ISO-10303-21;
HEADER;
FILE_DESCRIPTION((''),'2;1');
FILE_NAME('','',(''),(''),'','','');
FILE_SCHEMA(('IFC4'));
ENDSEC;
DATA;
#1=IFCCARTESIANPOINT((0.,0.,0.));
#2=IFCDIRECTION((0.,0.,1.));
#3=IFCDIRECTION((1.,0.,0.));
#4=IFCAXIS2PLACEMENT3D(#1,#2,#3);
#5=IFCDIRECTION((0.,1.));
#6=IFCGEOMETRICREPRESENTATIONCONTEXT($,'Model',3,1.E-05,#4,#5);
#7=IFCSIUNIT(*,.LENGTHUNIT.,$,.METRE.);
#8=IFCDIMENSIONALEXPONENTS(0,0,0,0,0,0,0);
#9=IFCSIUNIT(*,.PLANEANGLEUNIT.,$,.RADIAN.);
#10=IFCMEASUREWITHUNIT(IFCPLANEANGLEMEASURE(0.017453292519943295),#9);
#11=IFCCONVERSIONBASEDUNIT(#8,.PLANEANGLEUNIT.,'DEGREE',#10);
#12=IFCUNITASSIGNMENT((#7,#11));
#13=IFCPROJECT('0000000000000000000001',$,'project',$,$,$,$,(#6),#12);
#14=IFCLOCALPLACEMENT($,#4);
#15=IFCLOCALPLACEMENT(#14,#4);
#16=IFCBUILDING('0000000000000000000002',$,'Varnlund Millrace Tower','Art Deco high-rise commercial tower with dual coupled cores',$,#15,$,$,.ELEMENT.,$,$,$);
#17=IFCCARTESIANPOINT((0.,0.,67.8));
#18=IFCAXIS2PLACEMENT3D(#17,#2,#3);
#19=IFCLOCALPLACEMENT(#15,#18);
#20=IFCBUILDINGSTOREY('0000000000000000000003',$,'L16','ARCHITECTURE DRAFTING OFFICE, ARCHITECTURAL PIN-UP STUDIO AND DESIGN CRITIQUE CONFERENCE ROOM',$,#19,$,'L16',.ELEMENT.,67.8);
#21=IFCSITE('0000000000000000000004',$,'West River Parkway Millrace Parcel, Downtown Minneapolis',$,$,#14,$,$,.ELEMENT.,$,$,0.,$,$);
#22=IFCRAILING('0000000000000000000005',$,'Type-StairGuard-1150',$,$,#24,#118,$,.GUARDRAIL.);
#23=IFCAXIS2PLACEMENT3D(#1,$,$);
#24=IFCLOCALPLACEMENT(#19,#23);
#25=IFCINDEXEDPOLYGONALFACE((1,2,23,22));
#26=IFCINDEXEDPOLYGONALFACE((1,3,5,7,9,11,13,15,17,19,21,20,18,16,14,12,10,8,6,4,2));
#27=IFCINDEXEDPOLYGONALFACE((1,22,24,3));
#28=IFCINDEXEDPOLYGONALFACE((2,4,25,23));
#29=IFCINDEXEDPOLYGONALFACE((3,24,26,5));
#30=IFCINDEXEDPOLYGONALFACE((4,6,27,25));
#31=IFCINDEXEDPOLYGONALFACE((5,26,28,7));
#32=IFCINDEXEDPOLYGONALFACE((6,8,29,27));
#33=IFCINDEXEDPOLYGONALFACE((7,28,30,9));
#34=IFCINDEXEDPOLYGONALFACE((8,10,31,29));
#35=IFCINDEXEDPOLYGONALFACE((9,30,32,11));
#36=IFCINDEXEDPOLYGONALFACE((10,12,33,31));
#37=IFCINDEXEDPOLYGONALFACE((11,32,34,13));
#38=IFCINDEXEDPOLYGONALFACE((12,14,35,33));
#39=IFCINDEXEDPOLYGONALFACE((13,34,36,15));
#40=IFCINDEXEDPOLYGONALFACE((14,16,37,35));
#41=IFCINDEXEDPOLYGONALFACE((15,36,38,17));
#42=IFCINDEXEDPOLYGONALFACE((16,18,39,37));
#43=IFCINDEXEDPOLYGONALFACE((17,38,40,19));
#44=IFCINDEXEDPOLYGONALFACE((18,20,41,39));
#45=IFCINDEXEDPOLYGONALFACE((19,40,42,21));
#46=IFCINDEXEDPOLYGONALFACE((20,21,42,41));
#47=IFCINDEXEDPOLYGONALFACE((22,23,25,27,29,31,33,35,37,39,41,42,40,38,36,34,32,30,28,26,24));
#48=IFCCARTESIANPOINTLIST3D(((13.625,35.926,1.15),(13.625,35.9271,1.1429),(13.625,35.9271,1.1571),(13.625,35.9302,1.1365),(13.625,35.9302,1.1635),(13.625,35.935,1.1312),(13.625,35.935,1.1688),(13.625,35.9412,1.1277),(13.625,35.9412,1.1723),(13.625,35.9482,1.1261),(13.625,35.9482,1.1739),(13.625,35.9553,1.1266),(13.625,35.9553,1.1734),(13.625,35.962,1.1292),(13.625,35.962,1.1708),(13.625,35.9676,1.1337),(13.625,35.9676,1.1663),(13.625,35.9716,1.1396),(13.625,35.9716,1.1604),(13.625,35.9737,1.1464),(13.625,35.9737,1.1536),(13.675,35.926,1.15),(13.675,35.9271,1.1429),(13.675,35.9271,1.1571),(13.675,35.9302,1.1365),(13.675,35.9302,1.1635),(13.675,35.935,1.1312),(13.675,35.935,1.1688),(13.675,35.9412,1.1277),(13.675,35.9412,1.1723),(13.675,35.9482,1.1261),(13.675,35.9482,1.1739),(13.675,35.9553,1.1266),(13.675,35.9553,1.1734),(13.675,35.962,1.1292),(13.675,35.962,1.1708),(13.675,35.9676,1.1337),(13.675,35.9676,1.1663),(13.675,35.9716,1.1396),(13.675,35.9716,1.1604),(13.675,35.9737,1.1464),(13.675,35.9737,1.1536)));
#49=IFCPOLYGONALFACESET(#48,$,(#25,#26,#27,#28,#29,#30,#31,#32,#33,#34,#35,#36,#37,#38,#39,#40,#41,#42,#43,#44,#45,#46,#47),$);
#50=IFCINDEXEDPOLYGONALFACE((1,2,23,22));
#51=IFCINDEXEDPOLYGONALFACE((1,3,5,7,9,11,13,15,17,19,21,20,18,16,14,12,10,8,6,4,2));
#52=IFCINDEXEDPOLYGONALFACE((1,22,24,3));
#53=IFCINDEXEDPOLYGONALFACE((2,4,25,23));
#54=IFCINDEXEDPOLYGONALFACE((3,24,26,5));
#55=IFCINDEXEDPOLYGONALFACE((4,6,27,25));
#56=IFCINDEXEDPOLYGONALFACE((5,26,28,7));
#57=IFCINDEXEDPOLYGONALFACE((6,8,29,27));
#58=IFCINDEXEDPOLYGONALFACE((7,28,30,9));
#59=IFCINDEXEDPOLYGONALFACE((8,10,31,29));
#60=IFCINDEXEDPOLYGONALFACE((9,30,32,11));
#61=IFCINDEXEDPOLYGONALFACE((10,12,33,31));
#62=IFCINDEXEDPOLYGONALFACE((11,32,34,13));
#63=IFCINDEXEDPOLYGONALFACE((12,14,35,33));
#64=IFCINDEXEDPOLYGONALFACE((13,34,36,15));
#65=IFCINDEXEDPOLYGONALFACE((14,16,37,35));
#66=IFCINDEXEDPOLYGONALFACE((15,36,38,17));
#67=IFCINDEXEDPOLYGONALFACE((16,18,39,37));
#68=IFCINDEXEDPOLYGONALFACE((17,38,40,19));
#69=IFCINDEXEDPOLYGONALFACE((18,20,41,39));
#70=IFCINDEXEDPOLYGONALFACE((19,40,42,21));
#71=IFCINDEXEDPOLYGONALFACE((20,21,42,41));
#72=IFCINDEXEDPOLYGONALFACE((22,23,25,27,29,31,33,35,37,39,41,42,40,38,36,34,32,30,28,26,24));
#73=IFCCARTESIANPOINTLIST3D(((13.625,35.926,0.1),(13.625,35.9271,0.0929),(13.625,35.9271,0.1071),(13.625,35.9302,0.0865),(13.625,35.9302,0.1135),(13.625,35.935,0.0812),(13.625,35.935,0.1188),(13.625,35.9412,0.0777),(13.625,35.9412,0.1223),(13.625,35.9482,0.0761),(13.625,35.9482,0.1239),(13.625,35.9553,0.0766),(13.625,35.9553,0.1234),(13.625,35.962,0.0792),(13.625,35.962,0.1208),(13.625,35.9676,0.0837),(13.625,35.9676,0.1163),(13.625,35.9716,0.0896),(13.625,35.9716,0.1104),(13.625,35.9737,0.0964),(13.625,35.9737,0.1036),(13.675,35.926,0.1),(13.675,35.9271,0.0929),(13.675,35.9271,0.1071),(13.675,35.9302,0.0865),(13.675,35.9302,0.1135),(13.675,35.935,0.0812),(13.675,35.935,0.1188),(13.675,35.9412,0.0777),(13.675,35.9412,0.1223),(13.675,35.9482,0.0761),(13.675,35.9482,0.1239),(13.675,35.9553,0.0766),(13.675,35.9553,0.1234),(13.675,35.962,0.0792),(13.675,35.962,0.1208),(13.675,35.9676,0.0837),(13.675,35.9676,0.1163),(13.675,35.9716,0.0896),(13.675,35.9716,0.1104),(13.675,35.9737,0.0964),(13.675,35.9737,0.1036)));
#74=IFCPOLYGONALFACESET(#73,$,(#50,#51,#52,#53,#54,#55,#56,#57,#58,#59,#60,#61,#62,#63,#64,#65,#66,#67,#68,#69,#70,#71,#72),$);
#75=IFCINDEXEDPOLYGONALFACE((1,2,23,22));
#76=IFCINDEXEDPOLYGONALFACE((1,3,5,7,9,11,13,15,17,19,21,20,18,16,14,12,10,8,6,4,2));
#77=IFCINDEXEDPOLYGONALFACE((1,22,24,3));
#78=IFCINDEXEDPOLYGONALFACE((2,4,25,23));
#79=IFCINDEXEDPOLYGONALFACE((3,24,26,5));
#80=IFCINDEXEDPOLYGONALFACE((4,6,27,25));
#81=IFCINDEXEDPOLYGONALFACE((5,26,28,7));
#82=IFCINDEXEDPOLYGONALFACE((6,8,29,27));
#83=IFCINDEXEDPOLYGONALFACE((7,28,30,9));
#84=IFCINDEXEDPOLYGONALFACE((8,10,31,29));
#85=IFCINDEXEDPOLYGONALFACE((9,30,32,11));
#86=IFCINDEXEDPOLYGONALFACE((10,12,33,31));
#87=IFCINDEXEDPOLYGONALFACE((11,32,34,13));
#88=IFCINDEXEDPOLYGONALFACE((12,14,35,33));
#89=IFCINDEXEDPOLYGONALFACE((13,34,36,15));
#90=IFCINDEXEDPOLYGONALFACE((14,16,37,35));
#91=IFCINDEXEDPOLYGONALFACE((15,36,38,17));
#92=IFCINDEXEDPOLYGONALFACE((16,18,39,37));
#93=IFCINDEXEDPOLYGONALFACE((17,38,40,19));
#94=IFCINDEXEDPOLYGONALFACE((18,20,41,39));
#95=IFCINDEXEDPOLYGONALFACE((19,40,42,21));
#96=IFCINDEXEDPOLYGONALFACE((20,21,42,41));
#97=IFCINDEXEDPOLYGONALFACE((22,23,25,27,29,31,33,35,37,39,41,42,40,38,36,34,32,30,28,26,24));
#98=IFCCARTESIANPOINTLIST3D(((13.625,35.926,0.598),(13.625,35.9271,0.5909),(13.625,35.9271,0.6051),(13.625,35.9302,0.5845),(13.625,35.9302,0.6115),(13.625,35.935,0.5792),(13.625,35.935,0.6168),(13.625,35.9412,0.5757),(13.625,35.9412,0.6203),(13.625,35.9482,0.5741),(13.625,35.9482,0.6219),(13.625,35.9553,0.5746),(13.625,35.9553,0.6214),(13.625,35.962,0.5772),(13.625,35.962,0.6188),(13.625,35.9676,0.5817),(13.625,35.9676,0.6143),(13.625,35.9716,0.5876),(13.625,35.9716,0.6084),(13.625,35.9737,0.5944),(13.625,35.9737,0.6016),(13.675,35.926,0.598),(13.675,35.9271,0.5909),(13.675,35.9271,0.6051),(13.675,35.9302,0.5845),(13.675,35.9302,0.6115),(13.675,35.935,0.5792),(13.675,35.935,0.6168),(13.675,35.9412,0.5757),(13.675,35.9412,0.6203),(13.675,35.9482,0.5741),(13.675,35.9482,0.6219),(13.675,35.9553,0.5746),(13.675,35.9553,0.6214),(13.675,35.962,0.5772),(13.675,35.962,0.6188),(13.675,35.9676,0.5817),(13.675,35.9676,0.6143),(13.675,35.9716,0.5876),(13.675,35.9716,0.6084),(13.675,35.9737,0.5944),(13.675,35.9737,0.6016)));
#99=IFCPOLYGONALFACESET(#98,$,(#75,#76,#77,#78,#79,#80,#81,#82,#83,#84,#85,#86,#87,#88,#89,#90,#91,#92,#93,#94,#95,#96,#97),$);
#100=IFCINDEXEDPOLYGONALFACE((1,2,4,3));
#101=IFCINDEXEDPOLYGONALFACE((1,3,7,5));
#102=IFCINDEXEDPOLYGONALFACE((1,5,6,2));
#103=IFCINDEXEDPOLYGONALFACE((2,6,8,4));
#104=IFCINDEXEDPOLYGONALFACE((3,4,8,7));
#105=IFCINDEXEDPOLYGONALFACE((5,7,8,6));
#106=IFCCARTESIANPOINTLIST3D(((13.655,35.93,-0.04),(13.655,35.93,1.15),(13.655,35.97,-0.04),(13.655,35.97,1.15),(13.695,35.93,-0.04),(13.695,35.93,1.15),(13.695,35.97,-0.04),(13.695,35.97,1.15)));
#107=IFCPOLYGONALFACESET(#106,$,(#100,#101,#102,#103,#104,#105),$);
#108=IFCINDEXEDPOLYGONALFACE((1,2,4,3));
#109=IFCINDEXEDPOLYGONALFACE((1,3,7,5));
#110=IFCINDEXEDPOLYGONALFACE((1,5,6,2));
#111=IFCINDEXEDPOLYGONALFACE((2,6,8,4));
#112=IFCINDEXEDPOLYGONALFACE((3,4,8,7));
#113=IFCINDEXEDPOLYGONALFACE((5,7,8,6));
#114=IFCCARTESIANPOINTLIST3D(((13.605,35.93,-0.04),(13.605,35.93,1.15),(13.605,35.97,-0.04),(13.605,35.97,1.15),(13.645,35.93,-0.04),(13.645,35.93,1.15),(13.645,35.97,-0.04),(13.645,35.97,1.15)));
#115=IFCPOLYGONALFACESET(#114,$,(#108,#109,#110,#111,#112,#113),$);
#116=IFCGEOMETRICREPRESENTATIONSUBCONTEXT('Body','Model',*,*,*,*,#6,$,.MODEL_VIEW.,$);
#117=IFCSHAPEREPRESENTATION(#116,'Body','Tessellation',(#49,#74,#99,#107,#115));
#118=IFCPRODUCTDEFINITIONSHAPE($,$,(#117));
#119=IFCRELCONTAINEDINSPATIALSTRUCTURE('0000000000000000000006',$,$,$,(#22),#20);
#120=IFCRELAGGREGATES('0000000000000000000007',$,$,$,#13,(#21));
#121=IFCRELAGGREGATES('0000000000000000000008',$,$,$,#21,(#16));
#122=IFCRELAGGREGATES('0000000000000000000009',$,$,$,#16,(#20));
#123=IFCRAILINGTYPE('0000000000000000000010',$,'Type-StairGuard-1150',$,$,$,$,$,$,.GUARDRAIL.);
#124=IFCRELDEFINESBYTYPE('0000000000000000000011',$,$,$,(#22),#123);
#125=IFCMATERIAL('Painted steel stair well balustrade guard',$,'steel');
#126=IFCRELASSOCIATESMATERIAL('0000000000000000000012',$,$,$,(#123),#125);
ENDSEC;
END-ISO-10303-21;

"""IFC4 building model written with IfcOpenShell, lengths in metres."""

from ifc_helpers import new_model, entity, si_unit, converted_unit, direction, frame, origin_with_axes, origin_2d_with_axis, place, context, subcontext, project, spatial, rectangle, circle, extrude, material, type_object, element, save


model = new_model("IFC4")

# Units and contexts
model_context = context("Model", 3, precision=1e-05, world=origin_with_axes(), true_north=direction((0.0, 1.0)))
body_context = subcontext(model_context, "Body", "Model", "MODEL_VIEW")
ifc_project = project(units=[si_unit("LENGTHUNIT", "METRE"), converted_unit("PLANEANGLEUNIT", "DEGREE", entity("IfcPlaneAngleMeasure", 0.017453292519943295), si_unit("PLANEANGLEUNIT", "RADIAN"), dimensions=[0, 0, 0, 0, 0, 0, 0])], contexts=[model_context])

# Site, building, storey
site_placement = place(None, origin_with_axes())
site = spatial("IfcSite", under=ifc_project, at=site_placement, Name="West River Parkway Millrace Parcel, Downtown Minneapolis", CompositionType="ELEMENT", RefElevation=0.0)
building_placement = place(site_placement, origin_with_axes())
building = spatial("IfcBuilding", under=site, at=building_placement, Name="Varnlund Millrace Tower", Description="Art Deco high-rise commercial tower with dual coupled cores", CompositionType="ELEMENT")
storey_placement = place(building_placement, frame((0.0, 0.0, 67.8), z_axis=(0.0, 0.0, 1.0), x_axis=(1.0, 0.0, 0.0)))
storey = spatial("IfcBuildingStorey", under=building, at=storey_placement, Name="L16", Description="ARCHITECTURE DRAFTING OFFICE, ARCHITECTURAL PIN-UP STUDIO AND DESIGN CRITIQUE CONFERENCE ROOM", LongName="L16", CompositionType="ELEMENT", Elevation=67.8)

# Railing
ifc_material_1 = material(Name="Painted steel stair well balustrade guard", Category="steel")
railing_type_1 = type_object("IfcRailingType", Name="Type-StairGuard-1150", PredefinedType="GUARDRAIL", material=ifc_material_1)
railing_1_placement = place(storey_placement, frame((0.0, 0.0, -67.8), z_axis=(0.0, 0.0, 1.0), x_axis=(1.0, 0.0, 0.0)))
element("IfcRailing", 1, at=railing_1_placement, inside=storey, type_object=railing_type_1, Name="Type-StairGuard-1150", PredefinedType="GUARDRAIL", context=body_context, shape_type="SweptSolid", body=[
    extrude(circle(Radius=0.024, at=origin_2d_with_axis()), frame((13.675, 35.95, 68.95), z_axis=(-1.0, 0.0, 0.0), x_axis=(0.0, -1.0, 0.0)), (0.0, 0.0, 1.0), 0.05),
    extrude(circle(Radius=0.024, at=origin_2d_with_axis()), frame((13.675, 35.95, 67.9), z_axis=(-1.0, 0.0, 0.0), x_axis=(0.0, -1.0, 0.0)), (0.0, 0.0, 1.0), 0.05),
    extrude(circle(Radius=0.024, at=origin_2d_with_axis()), frame((13.675, 35.95, 68.398), z_axis=(-1.0, 0.0, 0.0), x_axis=(0.0, -1.0, 0.0)), (0.0, 0.0, 1.0), 0.05),
    extrude(rectangle(XDim=0.04, YDim=0.04, at=origin_2d_with_axis()), frame((13.675, 35.95, 67.76), z_axis=(0.0, 0.0, 1.0), x_axis=(1.0, 0.0, 0.0)), (0.0, 0.0, 1.0), 1.19),
    extrude(rectangle(XDim=0.04, YDim=0.04, at=origin_2d_with_axis()), frame((13.625, 35.95, 67.76), z_axis=(0.0, 0.0, 1.0), x_axis=(1.0, 0.0, 0.0)), (0.0, 0.0, 1.0), 1.19),
])

save(model, "model.ifc")
